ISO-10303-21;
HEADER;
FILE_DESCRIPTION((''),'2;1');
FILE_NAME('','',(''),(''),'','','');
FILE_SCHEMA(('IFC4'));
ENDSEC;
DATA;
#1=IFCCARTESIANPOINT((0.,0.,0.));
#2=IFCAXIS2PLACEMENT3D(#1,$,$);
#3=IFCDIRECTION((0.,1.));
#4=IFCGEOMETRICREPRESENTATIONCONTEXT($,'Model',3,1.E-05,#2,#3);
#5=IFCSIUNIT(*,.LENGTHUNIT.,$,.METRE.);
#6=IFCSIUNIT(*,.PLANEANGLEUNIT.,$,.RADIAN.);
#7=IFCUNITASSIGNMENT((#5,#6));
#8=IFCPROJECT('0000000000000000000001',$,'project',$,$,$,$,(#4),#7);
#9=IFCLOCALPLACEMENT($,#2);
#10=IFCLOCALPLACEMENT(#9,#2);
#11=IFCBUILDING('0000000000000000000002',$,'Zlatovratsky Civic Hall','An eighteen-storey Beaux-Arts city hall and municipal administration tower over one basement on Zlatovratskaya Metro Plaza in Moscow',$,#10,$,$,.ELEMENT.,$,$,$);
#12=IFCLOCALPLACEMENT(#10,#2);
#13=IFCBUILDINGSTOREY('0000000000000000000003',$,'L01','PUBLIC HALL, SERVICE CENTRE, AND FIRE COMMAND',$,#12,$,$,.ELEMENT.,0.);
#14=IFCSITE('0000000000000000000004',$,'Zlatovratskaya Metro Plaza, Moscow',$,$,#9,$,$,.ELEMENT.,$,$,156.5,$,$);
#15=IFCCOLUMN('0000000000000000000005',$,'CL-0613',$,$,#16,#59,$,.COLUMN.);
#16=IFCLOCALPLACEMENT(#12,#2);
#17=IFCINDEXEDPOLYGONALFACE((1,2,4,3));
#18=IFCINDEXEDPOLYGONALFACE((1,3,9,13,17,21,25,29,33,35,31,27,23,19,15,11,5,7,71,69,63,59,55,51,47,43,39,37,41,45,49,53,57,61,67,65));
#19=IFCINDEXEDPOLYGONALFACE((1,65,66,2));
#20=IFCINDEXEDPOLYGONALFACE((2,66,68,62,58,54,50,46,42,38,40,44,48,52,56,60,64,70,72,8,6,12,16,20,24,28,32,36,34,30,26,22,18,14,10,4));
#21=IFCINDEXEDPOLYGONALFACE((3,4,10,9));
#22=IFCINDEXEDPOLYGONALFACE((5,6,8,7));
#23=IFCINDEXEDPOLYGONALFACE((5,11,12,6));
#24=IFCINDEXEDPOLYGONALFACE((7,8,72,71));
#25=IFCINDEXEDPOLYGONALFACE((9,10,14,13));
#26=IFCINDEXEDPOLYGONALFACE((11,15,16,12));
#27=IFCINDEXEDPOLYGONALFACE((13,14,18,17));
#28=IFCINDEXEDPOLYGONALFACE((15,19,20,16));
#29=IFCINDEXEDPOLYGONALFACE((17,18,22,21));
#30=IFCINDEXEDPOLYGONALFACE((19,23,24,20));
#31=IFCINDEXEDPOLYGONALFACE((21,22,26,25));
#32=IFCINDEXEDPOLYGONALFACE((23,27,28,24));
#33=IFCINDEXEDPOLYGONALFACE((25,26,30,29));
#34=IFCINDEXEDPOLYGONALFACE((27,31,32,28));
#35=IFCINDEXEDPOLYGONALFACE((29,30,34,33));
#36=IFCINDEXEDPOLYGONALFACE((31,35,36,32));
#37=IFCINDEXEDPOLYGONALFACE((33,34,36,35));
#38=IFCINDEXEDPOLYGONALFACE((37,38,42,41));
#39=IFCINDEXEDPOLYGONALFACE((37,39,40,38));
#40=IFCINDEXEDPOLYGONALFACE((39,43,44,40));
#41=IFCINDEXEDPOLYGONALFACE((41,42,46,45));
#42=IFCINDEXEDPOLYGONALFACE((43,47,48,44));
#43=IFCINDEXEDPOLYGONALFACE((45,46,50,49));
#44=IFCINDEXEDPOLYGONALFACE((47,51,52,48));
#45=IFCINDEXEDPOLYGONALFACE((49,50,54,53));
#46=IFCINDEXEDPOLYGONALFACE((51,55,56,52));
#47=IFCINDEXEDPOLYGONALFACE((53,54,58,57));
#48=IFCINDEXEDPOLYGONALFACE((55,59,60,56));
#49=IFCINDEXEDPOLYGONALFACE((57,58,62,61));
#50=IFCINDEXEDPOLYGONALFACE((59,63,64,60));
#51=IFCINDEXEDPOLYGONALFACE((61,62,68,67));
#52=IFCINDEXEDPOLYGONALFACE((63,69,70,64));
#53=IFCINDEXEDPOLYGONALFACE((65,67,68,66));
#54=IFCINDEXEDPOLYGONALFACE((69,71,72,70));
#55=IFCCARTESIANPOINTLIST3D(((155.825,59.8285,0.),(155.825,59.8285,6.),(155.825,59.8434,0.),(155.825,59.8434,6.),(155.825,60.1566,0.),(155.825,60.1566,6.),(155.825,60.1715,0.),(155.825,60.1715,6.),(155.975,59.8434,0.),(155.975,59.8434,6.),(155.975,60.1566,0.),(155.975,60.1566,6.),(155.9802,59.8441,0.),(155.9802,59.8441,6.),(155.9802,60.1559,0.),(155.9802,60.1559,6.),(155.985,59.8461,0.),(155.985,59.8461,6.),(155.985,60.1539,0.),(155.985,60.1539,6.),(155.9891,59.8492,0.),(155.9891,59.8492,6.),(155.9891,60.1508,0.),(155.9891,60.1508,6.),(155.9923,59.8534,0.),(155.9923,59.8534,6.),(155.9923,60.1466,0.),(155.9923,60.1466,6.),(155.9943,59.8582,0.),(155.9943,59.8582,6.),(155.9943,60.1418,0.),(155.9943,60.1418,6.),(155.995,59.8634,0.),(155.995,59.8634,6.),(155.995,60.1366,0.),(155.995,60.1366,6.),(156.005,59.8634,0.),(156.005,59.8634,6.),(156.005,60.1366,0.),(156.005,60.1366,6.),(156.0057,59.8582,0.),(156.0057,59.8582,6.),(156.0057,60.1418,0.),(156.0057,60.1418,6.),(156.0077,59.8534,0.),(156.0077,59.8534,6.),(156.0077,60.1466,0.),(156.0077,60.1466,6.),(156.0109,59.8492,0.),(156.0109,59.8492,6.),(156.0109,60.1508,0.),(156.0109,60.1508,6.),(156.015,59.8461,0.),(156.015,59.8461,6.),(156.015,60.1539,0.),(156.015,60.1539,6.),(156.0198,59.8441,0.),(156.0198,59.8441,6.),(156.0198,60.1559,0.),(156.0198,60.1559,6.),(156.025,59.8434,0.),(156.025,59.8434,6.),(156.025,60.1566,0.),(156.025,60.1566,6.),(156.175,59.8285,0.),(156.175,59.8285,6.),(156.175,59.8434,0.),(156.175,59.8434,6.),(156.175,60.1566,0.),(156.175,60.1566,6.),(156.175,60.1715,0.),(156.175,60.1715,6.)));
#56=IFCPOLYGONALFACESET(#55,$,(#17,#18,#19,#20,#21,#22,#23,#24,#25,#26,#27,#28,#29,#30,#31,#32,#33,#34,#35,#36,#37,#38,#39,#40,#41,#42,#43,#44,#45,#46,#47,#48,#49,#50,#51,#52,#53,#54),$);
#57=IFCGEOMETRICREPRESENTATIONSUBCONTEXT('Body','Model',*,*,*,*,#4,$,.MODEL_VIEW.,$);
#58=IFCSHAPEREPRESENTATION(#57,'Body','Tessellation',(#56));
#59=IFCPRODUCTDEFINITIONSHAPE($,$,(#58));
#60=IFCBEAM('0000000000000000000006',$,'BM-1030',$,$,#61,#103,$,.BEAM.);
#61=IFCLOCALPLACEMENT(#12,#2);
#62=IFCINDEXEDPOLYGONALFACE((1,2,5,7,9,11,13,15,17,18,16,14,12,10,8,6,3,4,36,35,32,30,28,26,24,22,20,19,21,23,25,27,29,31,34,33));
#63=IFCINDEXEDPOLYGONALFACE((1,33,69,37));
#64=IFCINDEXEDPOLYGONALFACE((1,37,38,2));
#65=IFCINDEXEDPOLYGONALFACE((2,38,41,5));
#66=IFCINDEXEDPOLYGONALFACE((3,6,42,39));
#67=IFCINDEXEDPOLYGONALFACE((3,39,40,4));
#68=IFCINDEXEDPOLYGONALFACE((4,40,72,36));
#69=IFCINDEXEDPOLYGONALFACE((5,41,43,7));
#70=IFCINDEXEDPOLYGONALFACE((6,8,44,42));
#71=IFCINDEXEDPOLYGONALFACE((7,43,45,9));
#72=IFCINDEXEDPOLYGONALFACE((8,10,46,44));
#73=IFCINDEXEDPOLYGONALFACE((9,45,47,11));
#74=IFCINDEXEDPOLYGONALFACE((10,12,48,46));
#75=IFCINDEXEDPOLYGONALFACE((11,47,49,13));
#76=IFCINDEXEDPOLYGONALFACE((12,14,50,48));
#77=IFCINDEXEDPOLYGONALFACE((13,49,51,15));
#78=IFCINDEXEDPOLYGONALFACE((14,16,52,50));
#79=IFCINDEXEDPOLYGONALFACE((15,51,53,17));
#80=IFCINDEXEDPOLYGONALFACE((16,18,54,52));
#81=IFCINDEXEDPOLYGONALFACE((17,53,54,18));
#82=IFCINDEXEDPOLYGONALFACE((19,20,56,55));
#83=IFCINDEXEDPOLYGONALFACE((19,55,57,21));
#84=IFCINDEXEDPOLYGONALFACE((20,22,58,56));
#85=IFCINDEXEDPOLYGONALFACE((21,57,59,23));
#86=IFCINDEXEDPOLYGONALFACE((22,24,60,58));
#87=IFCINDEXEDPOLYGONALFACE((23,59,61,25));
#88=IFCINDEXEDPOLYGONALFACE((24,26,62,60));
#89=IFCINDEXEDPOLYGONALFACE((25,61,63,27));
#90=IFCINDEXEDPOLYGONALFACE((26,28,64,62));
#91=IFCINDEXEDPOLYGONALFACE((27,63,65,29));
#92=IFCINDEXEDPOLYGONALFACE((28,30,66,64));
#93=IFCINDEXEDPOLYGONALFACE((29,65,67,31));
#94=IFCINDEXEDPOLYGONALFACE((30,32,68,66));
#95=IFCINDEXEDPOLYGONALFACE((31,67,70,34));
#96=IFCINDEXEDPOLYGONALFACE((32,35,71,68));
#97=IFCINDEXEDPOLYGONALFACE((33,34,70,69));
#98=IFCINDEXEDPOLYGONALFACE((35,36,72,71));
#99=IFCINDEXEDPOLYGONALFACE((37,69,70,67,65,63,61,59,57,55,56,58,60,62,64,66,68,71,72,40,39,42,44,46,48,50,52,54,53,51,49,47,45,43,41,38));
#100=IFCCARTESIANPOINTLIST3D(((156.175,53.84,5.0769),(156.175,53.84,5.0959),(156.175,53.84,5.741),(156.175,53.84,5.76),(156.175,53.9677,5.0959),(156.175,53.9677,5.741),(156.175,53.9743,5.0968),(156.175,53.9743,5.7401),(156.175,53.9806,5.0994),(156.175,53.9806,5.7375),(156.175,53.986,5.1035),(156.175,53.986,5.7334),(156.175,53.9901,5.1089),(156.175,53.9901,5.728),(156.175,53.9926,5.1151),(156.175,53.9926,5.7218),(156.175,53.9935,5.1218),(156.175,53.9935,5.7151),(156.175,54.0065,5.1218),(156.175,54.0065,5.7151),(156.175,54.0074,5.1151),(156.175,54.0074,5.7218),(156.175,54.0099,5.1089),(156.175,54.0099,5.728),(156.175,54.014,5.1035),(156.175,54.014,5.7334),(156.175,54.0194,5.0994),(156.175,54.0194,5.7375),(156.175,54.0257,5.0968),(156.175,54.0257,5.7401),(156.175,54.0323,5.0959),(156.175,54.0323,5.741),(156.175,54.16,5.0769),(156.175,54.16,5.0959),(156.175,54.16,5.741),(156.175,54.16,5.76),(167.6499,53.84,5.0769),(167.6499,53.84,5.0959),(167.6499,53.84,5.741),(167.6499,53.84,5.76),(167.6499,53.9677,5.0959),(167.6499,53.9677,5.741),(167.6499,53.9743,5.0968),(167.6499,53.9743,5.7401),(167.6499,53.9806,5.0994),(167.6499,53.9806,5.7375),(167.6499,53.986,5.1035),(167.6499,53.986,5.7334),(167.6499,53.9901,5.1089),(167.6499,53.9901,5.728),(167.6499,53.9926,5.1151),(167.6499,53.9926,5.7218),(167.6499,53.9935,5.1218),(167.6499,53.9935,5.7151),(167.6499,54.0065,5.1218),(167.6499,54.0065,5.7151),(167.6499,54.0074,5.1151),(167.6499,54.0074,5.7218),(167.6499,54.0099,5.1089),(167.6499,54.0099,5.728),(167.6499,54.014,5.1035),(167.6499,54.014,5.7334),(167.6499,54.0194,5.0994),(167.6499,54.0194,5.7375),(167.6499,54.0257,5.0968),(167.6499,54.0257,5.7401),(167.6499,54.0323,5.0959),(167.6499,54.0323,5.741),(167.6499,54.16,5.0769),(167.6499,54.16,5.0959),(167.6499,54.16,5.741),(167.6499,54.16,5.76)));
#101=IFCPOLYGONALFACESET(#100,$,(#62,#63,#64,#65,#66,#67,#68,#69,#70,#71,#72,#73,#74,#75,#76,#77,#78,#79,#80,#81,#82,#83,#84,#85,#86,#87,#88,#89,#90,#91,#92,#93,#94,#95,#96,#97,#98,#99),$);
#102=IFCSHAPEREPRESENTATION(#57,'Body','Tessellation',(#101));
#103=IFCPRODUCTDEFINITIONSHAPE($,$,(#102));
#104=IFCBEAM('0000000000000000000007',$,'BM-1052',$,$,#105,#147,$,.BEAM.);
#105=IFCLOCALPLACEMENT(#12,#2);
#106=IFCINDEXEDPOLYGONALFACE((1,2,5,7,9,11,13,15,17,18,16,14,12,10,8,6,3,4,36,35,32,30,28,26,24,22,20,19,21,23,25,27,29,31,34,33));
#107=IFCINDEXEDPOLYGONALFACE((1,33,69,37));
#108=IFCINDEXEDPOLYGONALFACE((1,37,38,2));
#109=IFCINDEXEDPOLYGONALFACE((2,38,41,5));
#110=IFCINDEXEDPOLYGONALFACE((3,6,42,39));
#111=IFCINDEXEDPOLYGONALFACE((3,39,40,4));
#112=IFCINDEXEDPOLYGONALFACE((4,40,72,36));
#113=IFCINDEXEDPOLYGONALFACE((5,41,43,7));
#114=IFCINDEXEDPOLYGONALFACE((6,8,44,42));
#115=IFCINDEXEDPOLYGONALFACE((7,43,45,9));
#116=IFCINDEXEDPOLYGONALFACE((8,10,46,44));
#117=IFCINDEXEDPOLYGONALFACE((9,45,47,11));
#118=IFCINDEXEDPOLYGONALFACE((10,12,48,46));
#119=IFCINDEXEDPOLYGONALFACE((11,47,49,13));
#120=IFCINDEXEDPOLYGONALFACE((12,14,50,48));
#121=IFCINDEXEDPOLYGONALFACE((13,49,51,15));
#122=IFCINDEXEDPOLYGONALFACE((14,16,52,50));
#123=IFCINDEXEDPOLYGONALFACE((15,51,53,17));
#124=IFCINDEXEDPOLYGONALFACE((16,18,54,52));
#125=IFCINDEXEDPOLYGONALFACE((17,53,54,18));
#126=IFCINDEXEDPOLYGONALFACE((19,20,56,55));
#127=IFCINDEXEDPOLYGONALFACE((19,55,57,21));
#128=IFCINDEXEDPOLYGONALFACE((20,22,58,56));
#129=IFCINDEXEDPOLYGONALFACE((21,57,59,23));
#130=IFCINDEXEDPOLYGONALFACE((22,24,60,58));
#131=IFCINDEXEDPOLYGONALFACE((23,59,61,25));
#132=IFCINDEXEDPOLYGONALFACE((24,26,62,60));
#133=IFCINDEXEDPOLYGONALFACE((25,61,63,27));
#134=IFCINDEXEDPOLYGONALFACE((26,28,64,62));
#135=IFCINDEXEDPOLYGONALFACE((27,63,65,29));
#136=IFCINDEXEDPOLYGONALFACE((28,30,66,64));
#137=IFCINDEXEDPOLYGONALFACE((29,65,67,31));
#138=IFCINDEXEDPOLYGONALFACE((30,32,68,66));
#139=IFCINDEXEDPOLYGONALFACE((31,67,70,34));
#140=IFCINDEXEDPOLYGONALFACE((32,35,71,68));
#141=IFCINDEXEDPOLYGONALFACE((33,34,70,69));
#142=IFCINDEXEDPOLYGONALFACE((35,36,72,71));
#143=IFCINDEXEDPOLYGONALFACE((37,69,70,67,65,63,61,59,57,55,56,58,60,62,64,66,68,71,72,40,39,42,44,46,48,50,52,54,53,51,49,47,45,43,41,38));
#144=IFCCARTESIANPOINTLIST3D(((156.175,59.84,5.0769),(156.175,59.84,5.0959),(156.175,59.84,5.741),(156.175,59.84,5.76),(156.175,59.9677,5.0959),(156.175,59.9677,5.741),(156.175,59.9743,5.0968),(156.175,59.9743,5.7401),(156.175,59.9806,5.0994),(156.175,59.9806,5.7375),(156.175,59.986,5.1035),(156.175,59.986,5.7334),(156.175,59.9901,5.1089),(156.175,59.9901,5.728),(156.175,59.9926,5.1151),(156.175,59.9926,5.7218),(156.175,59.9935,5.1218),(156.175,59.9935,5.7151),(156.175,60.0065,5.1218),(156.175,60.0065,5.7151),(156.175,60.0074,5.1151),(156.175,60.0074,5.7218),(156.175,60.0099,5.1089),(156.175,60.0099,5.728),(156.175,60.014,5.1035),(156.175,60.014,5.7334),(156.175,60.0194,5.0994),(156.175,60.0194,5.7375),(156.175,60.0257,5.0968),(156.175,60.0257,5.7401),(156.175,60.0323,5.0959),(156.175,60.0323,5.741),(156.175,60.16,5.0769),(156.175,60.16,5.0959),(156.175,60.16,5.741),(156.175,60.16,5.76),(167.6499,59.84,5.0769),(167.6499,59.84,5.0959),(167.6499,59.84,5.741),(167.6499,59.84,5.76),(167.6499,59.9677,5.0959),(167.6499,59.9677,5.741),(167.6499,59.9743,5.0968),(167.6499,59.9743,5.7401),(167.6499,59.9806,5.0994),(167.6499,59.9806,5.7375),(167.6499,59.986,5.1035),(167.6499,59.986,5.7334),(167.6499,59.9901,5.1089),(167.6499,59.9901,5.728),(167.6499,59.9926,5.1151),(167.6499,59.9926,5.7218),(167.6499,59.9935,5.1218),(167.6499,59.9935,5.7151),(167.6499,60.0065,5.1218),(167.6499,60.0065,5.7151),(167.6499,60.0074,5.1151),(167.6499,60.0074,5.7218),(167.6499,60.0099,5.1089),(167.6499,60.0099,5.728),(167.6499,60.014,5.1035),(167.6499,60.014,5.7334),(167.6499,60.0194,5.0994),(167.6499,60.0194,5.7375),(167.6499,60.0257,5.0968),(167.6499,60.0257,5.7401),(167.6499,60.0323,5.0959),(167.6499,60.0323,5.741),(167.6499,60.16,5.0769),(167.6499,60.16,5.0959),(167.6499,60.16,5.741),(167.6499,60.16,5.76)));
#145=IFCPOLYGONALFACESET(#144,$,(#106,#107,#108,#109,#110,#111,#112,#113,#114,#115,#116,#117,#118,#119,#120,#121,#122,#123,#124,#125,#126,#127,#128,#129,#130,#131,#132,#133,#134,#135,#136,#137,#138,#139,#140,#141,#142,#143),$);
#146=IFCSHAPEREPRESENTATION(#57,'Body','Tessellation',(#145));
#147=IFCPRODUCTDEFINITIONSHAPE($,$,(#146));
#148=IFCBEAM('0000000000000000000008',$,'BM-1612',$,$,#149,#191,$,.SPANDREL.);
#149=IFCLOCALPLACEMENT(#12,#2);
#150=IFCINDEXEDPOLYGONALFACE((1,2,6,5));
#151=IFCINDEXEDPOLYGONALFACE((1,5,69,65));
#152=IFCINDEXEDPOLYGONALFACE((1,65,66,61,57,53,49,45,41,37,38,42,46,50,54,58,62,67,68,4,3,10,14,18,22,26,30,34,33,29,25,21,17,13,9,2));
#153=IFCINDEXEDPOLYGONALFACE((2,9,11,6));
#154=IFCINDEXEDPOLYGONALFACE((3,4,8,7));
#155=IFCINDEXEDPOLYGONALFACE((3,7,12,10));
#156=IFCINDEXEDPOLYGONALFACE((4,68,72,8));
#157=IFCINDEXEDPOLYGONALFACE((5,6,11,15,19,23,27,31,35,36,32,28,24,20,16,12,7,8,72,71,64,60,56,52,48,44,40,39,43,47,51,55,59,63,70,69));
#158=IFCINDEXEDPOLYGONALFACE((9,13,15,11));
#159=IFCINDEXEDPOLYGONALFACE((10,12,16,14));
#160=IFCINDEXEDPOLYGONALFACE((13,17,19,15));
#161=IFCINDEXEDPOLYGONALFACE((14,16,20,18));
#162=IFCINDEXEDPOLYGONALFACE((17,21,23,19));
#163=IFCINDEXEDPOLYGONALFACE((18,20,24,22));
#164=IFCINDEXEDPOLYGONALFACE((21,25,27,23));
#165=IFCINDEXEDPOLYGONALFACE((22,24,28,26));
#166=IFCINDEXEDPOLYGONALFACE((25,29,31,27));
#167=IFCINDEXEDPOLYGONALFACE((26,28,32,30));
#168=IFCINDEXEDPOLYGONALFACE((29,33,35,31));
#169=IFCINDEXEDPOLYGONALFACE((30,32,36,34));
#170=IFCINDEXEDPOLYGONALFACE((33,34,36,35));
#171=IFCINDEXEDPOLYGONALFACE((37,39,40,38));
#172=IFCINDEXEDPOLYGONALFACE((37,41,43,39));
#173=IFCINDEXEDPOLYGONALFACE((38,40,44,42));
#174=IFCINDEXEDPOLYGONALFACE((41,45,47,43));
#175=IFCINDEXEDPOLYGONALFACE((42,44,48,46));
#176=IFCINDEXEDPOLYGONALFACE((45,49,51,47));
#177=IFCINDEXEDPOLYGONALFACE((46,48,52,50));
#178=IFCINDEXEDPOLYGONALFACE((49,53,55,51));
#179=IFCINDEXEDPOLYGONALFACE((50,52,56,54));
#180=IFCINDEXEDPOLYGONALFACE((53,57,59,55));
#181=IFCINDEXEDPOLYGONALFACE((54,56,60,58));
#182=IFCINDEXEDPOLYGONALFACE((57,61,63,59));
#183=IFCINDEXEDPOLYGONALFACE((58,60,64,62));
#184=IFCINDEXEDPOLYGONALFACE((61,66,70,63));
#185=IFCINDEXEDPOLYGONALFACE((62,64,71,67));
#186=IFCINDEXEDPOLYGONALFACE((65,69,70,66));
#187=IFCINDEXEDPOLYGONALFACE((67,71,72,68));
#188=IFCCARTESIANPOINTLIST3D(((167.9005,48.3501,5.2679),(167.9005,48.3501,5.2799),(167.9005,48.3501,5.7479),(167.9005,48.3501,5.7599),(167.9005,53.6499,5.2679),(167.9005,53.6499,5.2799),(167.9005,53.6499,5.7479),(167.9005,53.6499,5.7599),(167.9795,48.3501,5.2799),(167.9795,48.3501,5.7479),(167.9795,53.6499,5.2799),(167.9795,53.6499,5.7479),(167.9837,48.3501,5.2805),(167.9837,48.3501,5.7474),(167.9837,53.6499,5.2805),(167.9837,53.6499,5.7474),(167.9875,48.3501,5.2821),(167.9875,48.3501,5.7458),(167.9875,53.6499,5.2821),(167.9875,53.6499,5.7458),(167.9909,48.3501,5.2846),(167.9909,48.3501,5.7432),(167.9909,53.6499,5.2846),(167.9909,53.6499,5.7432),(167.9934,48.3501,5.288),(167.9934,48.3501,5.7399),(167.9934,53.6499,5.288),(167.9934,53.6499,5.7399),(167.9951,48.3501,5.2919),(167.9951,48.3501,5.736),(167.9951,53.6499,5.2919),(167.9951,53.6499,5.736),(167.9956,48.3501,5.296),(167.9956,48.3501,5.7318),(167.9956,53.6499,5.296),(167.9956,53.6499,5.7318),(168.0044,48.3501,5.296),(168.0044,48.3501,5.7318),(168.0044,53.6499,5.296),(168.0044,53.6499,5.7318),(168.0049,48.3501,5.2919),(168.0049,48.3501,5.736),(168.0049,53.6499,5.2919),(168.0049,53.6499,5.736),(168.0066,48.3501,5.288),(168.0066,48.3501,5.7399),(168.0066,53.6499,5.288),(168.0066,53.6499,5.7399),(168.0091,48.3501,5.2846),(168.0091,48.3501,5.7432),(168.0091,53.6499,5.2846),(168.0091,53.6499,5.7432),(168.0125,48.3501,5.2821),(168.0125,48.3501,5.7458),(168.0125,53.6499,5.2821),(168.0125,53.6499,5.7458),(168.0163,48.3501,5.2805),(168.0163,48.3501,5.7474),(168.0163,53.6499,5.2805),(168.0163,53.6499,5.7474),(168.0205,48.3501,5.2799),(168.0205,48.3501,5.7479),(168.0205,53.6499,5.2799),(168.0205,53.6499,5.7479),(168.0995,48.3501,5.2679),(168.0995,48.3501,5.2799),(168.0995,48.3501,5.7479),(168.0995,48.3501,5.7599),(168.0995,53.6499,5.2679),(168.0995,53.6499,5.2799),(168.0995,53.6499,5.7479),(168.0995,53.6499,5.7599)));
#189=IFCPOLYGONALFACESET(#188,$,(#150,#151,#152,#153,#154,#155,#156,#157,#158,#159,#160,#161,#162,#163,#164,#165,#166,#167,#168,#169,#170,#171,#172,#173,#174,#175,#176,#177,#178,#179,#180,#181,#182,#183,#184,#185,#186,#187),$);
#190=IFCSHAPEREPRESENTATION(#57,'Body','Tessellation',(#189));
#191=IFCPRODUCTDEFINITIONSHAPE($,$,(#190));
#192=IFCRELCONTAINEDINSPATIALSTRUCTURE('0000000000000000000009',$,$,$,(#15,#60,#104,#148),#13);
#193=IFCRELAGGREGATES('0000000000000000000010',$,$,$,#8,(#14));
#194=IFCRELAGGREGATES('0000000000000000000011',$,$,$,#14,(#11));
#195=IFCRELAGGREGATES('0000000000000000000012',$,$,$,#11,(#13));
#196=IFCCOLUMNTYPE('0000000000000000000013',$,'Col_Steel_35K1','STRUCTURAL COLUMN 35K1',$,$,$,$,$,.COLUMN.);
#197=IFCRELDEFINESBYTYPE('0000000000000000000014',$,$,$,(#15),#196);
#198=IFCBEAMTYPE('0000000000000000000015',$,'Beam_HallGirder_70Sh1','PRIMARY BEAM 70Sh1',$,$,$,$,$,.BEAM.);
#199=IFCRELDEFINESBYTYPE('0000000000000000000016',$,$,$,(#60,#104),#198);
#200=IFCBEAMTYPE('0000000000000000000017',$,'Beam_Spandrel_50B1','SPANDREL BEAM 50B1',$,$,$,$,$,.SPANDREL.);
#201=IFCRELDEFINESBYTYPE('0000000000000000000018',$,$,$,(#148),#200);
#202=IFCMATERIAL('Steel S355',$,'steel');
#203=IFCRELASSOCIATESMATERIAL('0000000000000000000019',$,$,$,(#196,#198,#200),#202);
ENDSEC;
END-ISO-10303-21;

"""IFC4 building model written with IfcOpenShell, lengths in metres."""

from ifc_helpers import new_model, si_unit, direction, frame, origin, origin_2d, place, context, subcontext, project, spatial, i_section, extrude, material, material_profile, profile_set, type_object, element, save


model = new_model("IFC4")

# Units and contexts
model_context = context("Model", 3, precision=1e-05, world=origin(), true_north=direction((0.0, 1.0)))
body_context = subcontext(model_context, "Body", "Model", "MODEL_VIEW")
ifc_project = project(units=[si_unit("LENGTHUNIT", "METRE"), si_unit("PLANEANGLEUNIT", "RADIAN")], contexts=[model_context])

# Site, building, storey
site_placement = place(None, origin())
site = spatial("IfcSite", under=ifc_project, at=site_placement, Name="Zlatovratskaya Metro Plaza, Moscow", CompositionType="ELEMENT", RefElevation=156.5)
building_placement = place(site_placement, origin())
building = spatial("IfcBuilding", under=site, at=building_placement, Name="Zlatovratsky Civic Hall", Description="An eighteen-storey Beaux-Arts city hall and municipal administration tower over one basement on Zlatovratskaya Metro Plaza in Moscow", CompositionType="ELEMENT")
storey_placement = place(building_placement, origin())
storey = spatial("IfcBuildingStorey", under=building, at=storey_placement, Name="L01", Description="PUBLIC HALL, SERVICE CENTRE, AND FIRE COMMAND", CompositionType="ELEMENT", Elevation=0.0)

# Column
ifc_material_1 = material(Name="Steel S355", Category="steel")
ifc_material_profile_1 = material_profile(ifc_material_1, i_section(OverallWidth=0.3501, OverallDepth=0.343, WebThickness=0.01, FlangeThickness=0.0149, FilletRadius=0.02, at=origin_2d()), Name="35K1")
ifc_profile_set_1 = profile_set([ifc_material_profile_1], Name="Steel S355")
column_type_1 = type_object("IfcColumnType", Name="Col_Steel_35K1", Description="STRUCTURAL COLUMN 35K1", PredefinedType="COLUMN", material=ifc_profile_set_1)
for number, where, z_axis, x_axis, name in (
    (1, (156.0, 60.0, 0.0), (0.0, 0.0, 1.0), (1.0, 0.0, 0.0), "CL-0613"),
):
    element("IfcColumn", number, at=place(storey_placement, frame(where, z_axis=z_axis, x_axis=x_axis)), inside=storey, type_object=column_type_1, Name=name, PredefinedType="COLUMN", context=body_context, shape_type="SweptSolid", body=[
        extrude(i_section(OverallWidth=0.3501, OverallDepth=0.343, WebThickness=0.01, FlangeThickness=0.0149, FilletRadius=0.02, at=origin_2d()), origin(), (0.0, 0.0, 1.0), 6.0),
    ])

# Beams
ifc_material_profile_2 = material_profile(ifc_material_1, i_section(OverallWidth=0.3201, OverallDepth=0.6831, WebThickness=0.0129, FlangeThickness=0.019, FilletRadius=0.0259, at=origin_2d()), Name="70Sh1")
ifc_profile_set_2 = profile_set([ifc_material_profile_2], Name="Steel S355")
beam_type_1 = type_object("IfcBeamType", Name="Beam_HallGirder_70Sh1", Description="PRIMARY BEAM 70Sh1", PredefinedType="BEAM", material=ifc_profile_set_2)
for number, where, z_axis, x_axis, name in (
    (2, (156.175, 54.0, 5.4185), (1.0, 0.0, 0.0), (0.0, 1.0, 0.0), "BM-1030"),
    (3, (156.175, 60.0, 5.4185), (1.0, 0.0, 0.0), (0.0, 1.0, 0.0), "BM-1052"),
):
    element("IfcBeam", number, at=place(storey_placement, frame(where, z_axis=z_axis, x_axis=x_axis)), inside=storey, type_object=beam_type_1, Name=name, PredefinedType="BEAM", context=body_context, shape_type="SweptSolid", body=[
        extrude(i_section(OverallWidth=0.3201, OverallDepth=0.6831, WebThickness=0.0129, FlangeThickness=0.019, FilletRadius=0.0259, at=origin_2d()), origin(), (0.0, 0.0, 1.0), 11.4749),
    ])
ifc_material_profile_3 = material_profile(ifc_material_1, i_section(OverallWidth=0.199, OverallDepth=0.4919, WebThickness=0.0088, FlangeThickness=0.012, FilletRadius=0.0161, at=origin_2d()), Name="50B1")
ifc_profile_set_3 = profile_set([ifc_material_profile_3], Name="Steel S355")
beam_type_2 = type_object("IfcBeamType", Name="Beam_Spandrel_50B1", Description="SPANDREL BEAM 50B1", PredefinedType="SPANDREL", material=ifc_profile_set_3)
for number, where, z_axis, x_axis, name in (
    (4, (168.0, 48.3501, 5.5139), (0.0, 1.0, 0.0), (-1.0, 0.0, 0.0), "BM-1612"),
):
    element("IfcBeam", number, at=place(storey_placement, frame(where, z_axis=z_axis, x_axis=x_axis)), inside=storey, type_object=beam_type_2, Name=name, PredefinedType="SPANDREL", context=body_context, shape_type="SweptSolid", body=[
        extrude(i_section(OverallWidth=0.199, OverallDepth=0.4919, WebThickness=0.0088, FlangeThickness=0.012, FilletRadius=0.0161, at=origin_2d()), origin(), (0.0, 0.0, 1.0), 5.2998),
    ])

save(model, "model.ifc")
